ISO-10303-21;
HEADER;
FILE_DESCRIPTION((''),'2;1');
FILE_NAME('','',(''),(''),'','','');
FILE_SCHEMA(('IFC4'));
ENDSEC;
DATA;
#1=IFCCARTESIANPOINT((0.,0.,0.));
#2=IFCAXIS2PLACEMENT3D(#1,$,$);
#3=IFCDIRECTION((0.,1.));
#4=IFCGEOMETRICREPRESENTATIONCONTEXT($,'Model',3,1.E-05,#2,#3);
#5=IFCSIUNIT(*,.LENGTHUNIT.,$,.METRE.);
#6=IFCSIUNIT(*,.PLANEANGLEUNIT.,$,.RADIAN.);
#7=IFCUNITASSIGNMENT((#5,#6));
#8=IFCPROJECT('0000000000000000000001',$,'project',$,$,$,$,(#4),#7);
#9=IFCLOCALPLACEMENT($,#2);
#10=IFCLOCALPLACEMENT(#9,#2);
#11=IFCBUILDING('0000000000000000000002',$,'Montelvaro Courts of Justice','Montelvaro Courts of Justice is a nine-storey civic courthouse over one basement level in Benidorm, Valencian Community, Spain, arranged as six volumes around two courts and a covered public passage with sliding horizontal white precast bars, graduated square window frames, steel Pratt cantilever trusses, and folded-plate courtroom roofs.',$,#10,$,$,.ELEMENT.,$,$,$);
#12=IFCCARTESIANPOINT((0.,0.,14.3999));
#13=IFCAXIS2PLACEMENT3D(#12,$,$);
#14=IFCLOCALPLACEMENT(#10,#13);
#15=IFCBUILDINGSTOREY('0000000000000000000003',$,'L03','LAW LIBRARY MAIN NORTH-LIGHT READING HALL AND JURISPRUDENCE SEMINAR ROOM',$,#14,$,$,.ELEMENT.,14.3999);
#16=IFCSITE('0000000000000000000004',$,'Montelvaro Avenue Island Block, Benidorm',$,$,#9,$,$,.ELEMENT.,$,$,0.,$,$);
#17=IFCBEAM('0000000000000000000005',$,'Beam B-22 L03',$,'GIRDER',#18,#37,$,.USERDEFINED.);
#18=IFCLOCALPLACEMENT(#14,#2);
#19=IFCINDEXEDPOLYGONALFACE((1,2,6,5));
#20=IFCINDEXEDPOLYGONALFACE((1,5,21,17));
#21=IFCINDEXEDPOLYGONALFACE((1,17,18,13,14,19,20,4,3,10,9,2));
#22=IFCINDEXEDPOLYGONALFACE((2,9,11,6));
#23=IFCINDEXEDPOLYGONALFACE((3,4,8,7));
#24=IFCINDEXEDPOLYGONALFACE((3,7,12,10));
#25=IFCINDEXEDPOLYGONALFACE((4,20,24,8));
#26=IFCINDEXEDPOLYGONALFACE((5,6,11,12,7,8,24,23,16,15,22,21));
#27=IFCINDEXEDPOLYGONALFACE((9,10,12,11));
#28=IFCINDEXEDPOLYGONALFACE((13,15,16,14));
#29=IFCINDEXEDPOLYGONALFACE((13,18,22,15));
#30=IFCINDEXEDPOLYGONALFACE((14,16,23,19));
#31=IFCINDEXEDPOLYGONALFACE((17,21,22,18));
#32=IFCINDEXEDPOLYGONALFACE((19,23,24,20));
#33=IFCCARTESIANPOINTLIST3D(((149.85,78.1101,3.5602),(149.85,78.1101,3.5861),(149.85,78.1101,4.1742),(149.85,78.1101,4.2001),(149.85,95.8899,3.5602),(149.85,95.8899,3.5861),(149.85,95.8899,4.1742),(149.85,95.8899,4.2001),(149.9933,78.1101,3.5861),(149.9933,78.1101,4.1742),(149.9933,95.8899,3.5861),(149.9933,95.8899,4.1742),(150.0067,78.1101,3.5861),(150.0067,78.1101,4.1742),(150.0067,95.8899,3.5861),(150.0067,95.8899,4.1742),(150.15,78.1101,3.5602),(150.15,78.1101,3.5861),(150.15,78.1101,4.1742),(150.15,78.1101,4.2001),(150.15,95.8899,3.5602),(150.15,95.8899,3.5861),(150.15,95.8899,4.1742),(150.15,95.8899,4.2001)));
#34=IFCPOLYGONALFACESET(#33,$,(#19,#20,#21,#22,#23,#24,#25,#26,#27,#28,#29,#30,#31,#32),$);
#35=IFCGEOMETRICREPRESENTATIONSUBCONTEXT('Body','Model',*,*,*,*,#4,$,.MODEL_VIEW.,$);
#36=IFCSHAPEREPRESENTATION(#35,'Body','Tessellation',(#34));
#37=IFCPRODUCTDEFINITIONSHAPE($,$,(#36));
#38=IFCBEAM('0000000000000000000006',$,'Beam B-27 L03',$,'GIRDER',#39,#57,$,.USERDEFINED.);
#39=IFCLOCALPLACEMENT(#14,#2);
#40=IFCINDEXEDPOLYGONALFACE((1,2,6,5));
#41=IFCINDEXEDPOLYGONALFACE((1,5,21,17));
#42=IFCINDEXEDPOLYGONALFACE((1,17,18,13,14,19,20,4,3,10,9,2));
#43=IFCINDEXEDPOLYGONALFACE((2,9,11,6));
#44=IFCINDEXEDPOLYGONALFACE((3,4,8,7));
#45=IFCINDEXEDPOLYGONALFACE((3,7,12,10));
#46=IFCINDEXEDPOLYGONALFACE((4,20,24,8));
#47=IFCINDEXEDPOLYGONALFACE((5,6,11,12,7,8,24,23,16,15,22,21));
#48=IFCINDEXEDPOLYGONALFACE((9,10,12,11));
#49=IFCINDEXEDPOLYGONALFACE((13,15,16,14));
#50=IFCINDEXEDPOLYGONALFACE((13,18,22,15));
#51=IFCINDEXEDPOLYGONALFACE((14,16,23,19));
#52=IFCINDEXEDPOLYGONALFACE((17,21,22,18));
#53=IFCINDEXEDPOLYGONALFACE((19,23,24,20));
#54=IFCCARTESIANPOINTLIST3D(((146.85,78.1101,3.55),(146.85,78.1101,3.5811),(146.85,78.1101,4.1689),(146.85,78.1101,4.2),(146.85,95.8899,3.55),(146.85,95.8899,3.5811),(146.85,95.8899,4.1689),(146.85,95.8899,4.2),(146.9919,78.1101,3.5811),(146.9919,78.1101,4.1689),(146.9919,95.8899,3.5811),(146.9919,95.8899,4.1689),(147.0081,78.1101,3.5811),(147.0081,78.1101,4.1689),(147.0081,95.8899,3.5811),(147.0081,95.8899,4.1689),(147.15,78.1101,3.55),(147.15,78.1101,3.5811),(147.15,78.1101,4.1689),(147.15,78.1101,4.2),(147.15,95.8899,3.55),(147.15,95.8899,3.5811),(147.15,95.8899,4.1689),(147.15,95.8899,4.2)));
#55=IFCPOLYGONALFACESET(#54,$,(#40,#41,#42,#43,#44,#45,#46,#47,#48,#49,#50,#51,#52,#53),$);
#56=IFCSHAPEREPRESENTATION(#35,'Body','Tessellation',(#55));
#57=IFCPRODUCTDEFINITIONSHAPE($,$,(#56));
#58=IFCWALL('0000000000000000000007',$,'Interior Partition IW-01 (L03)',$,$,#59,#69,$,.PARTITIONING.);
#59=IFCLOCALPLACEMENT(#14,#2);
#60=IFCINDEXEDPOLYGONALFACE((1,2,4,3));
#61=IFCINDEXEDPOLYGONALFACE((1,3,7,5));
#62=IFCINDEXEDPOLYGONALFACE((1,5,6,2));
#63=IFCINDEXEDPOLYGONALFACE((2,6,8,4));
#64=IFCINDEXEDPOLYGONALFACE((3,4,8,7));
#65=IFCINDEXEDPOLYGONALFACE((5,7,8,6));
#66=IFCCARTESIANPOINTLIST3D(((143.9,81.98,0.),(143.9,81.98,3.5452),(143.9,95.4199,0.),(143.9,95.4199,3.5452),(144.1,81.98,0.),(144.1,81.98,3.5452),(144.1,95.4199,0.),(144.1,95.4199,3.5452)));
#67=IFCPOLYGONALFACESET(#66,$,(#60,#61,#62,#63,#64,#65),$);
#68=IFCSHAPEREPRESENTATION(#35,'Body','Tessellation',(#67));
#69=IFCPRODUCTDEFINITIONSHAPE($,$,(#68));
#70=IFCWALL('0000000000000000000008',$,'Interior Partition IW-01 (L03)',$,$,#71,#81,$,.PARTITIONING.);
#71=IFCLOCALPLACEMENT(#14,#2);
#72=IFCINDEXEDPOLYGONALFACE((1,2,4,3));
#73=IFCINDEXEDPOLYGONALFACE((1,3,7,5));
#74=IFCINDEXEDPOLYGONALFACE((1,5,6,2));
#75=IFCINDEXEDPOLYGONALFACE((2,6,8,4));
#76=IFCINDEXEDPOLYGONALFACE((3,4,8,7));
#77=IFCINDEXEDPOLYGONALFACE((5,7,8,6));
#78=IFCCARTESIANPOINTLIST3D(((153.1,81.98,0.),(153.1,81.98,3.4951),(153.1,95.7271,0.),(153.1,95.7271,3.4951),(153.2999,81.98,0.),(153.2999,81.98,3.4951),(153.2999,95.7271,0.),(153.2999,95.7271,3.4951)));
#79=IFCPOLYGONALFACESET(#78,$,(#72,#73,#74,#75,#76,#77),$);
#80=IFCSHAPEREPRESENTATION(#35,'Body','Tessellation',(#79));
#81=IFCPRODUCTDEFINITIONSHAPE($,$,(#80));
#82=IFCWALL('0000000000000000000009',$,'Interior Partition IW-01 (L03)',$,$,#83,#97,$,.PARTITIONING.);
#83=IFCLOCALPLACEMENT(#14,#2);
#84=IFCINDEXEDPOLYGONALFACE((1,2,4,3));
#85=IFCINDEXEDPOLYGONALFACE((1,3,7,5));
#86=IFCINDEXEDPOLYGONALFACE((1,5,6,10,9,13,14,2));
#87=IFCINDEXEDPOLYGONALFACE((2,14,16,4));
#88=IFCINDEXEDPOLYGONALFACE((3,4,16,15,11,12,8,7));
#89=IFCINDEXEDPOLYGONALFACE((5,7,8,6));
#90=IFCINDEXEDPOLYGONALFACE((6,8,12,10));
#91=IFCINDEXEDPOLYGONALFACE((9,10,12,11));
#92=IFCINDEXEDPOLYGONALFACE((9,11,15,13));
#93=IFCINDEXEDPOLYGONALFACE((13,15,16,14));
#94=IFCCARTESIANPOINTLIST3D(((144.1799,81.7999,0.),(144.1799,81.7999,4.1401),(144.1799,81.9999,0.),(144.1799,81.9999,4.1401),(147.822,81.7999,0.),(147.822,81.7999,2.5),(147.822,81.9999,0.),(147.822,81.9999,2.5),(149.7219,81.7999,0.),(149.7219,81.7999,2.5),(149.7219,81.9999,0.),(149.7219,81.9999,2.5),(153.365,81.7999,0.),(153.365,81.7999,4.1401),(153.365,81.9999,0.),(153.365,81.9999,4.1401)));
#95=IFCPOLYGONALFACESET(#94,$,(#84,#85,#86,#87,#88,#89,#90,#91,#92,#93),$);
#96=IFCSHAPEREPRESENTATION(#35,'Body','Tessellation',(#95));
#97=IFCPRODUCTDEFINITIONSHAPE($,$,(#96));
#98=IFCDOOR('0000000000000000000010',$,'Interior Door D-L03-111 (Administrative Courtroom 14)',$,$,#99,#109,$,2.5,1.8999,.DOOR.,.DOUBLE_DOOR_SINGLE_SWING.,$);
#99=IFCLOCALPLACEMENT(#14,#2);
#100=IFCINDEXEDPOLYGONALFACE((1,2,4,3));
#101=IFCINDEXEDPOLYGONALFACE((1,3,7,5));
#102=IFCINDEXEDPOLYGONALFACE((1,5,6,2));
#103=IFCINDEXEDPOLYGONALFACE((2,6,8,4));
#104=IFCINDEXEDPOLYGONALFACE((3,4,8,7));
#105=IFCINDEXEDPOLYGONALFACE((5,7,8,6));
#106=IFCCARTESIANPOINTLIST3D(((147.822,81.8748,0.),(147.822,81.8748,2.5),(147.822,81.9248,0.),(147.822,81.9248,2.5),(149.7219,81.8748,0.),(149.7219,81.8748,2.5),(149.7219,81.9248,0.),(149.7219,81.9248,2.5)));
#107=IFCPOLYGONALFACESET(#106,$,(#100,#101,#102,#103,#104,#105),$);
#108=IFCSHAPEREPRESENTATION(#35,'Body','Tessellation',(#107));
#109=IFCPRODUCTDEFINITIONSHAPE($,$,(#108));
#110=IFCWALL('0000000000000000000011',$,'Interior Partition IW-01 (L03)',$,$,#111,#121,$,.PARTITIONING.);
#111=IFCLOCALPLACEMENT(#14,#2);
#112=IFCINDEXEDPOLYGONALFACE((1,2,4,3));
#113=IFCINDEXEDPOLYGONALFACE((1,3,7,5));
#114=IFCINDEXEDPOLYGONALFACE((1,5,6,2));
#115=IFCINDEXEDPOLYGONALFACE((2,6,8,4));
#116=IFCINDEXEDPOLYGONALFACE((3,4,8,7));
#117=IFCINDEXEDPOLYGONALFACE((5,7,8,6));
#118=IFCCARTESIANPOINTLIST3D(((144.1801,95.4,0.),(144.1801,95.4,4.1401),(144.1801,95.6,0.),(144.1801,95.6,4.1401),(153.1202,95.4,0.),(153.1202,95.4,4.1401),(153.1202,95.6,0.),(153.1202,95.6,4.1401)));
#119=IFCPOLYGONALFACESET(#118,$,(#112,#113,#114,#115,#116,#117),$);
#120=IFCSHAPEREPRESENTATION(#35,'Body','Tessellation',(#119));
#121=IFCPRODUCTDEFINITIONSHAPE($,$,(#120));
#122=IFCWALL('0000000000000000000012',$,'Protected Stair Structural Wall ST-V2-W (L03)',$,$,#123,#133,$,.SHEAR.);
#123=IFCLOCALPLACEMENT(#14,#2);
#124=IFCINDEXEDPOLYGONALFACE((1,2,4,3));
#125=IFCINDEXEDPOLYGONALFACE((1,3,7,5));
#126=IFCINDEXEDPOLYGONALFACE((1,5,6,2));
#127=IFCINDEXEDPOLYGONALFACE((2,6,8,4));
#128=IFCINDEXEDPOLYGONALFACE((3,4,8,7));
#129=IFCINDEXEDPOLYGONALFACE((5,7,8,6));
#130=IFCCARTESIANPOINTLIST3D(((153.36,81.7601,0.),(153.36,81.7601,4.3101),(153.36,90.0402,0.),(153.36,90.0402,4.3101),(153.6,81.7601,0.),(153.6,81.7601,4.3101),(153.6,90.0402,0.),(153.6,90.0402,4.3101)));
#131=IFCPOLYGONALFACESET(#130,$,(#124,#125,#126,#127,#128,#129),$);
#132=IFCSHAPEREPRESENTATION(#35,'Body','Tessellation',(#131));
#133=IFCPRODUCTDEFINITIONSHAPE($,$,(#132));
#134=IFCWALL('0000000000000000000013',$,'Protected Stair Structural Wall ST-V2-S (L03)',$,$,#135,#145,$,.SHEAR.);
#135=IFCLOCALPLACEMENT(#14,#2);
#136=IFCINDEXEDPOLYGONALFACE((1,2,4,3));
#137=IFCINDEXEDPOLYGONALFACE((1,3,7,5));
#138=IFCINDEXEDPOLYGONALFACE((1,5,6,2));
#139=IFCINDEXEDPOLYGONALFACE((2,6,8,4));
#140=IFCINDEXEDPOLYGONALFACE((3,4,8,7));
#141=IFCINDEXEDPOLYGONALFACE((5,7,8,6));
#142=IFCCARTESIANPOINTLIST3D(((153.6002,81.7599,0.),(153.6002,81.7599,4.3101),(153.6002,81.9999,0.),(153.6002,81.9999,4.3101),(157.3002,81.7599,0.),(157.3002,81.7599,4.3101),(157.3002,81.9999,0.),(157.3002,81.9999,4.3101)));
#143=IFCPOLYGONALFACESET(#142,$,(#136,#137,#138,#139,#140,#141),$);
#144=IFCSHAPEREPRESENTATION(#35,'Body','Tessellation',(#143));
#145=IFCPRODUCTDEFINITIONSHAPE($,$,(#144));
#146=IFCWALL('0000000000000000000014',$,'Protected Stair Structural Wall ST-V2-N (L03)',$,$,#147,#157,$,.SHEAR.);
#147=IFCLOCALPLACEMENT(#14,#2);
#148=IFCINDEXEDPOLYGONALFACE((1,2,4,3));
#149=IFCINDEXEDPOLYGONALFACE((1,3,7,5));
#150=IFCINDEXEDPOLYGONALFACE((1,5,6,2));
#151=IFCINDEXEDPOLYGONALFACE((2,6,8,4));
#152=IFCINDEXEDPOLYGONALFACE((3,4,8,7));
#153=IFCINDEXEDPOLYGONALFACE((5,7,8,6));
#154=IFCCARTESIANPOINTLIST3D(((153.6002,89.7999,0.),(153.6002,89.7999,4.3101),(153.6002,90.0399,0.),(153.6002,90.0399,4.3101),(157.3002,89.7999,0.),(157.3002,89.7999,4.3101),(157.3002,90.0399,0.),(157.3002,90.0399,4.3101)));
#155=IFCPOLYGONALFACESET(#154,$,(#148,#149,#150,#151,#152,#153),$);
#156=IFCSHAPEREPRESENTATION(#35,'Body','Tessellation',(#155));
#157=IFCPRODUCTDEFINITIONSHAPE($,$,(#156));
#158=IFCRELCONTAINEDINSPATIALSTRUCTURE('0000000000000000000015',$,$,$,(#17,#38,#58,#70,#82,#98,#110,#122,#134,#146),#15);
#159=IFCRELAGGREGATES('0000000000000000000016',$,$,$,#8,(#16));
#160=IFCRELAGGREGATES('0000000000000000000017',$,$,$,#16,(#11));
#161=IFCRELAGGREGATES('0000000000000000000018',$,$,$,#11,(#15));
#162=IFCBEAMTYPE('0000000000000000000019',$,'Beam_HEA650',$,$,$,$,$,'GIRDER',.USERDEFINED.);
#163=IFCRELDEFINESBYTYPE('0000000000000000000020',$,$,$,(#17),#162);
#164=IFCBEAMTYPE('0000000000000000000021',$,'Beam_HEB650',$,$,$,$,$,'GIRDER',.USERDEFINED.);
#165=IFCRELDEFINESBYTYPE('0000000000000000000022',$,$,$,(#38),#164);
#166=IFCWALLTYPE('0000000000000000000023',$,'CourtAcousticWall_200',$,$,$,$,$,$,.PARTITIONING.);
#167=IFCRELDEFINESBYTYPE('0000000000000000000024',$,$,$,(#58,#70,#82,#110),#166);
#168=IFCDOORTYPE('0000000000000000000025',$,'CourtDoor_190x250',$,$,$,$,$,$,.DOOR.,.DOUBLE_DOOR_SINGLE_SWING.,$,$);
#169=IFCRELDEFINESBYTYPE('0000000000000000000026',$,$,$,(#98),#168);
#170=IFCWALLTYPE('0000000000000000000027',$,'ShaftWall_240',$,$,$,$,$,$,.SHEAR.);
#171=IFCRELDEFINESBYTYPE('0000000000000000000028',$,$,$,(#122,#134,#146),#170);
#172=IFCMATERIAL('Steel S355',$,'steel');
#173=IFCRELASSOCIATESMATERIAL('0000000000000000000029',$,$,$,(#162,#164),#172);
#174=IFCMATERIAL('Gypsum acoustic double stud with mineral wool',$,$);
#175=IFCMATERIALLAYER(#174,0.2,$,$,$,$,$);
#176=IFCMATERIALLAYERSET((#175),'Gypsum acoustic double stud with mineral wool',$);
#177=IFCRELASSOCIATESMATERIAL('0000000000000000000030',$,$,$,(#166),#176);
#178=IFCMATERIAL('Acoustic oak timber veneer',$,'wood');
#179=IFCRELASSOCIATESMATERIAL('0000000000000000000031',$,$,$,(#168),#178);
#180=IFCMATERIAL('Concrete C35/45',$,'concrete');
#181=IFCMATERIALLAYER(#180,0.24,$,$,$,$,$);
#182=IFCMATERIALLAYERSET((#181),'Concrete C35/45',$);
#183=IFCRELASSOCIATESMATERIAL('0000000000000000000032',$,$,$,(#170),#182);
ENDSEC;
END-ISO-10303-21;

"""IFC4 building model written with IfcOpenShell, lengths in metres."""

from ifc_helpers import new_model, si_unit, direction, frame, frame_2d, origin, origin_2d, place, context, subcontext, project, spatial, rectangle, i_section, extrude, material, layer, layer_set, material_profile, profile_set, type_object, element, fill, save


model = new_model("IFC4")

# Units and contexts
model_context = context("Model", 3, precision=1e-05, world=origin(), true_north=direction((0.0, 1.0)))
body_context = subcontext(model_context, "Body", "Model", "MODEL_VIEW")
ifc_project = project(units=[si_unit("LENGTHUNIT", "METRE"), si_unit("PLANEANGLEUNIT", "RADIAN")], contexts=[model_context])

# Site, building, storey
site_placement = place(None, origin())
site = spatial("IfcSite", under=ifc_project, at=site_placement, Name="Montelvaro Avenue Island Block, Benidorm", CompositionType="ELEMENT", RefElevation=0.0)
building_placement = place(site_placement, origin())
building = spatial("IfcBuilding", under=site, at=building_placement, Name="Montelvaro Courts of Justice", Description="Montelvaro Courts of Justice is a nine-storey civic courthouse over one basement level in Benidorm, Valencian Community, Spain, arranged as six volumes around two courts and a covered public passage with sliding horizontal white precast bars, graduated square window frames, steel Pratt cantilever trusses, and folded-plate courtroom roofs.", CompositionType="ELEMENT")
storey_placement = place(building_placement, frame((0.0, 0.0, 14.3999)))
storey = spatial("IfcBuildingStorey", under=building, at=storey_placement, Name="L03", Description="LAW LIBRARY MAIN NORTH-LIGHT READING HALL AND JURISPRUDENCE SEMINAR ROOM", CompositionType="ELEMENT", Elevation=14.3999)

# Beams
ifc_material_1 = material(Name="Steel S355", Category="steel")
ifc_material_profile_1 = material_profile(ifc_material_1, i_section(OverallWidth=0.3, OverallDepth=0.6399, WebThickness=0.0134, FlangeThickness=0.0259, at=origin_2d()), Name="HEA 650")
ifc_profile_set_1 = profile_set([ifc_material_profile_1], Name="Steel S355")
beam_type_1 = type_object("IfcBeamType", Name="Beam_HEA650", ElementType="GIRDER", PredefinedType="USERDEFINED", material=ifc_profile_set_1)
beam_1_placement = place(storey_placement, frame((150.0, 78.1101, 3.8801), z_axis=(0.0, 1.0, 0.0), x_axis=(-1.0, 0.0, 0.0)))
element("IfcBeam", 1, at=beam_1_placement, inside=storey, type_object=beam_type_1, Name="Beam B-22 L03", ObjectType="GIRDER", PredefinedType="USERDEFINED", context=body_context, shape_type="SweptSolid", body=[
    extrude(i_section(OverallWidth=0.3, OverallDepth=0.6399, WebThickness=0.0134, FlangeThickness=0.0259, at=origin_2d()), origin(), (0.0, 0.0, 1.0), 17.7798),
])
ifc_material_profile_2 = material_profile(ifc_material_1, i_section(OverallWidth=0.3, OverallDepth=0.6499, WebThickness=0.0161, FlangeThickness=0.031, at=origin_2d()), Name="HEB 650")
ifc_profile_set_2 = profile_set([ifc_material_profile_2], Name="Steel S355")
beam_type_2 = type_object("IfcBeamType", Name="Beam_HEB650", ElementType="GIRDER", PredefinedType="USERDEFINED", material=ifc_profile_set_2)
beam_2_placement = place(storey_placement, frame((147.0, 78.1101, 3.875), z_axis=(0.0, 1.0, 0.0), x_axis=(-1.0, 0.0, 0.0)))
element("IfcBeam", 2, at=beam_2_placement, inside=storey, type_object=beam_type_2, Name="Beam B-27 L03", ObjectType="GIRDER", PredefinedType="USERDEFINED", context=body_context, shape_type="SweptSolid", body=[
    extrude(i_section(OverallWidth=0.3, OverallDepth=0.6499, WebThickness=0.0161, FlangeThickness=0.031, at=origin_2d()), origin(), (0.0, 0.0, 1.0), 17.7798),
])

# Walls
ifc_material_2 = material(Name="Gypsum acoustic double stud with mineral wool")
ifc_layer_1 = layer(ifc_material_2, 0.2)
ifc_layer_set_1 = layer_set([ifc_layer_1], Name="Gypsum acoustic double stud with mineral wool")
wall_type_1 = type_object("IfcWallType", Name="CourtAcousticWall_200", PredefinedType="PARTITIONING", material=ifc_layer_set_1)
wall_1_placement = place(storey_placement, frame((144.0, 95.4199, 0.0), z_axis=(0.0, 0.0, 1.0), x_axis=(0.0, -1.0, 0.0)))
element("IfcWall", 3, at=wall_1_placement, inside=storey, type_object=wall_type_1, Name="Interior Partition IW-01 (L03)", PredefinedType="PARTITIONING", context=body_context, shape_type="SweptSolid", body=[
    extrude(rectangle(XDim=13.4399, YDim=0.2, at=frame_2d((6.72, 0.0))), origin(), (0.0, 0.0, 1.0), 3.5452),
])
wall_2_placement = place(storey_placement, frame((153.2, 95.7271, 0.0), z_axis=(0.0, 0.0, 1.0), x_axis=(0.0, -1.0, 0.0)))
element("IfcWall", 4, at=wall_2_placement, inside=storey, type_object=wall_type_1, Name="Interior Partition IW-01 (L03)", PredefinedType="PARTITIONING", context=body_context, shape_type="SweptSolid", body=[
    extrude(rectangle(XDim=13.7471, YDim=0.2, at=frame_2d((6.8735, 0.0))), origin(), (0.0, 0.0, 1.0), 3.4951),
])

# Wall, opening, door
wall_3_placement = place(storey_placement, frame((153.365, 81.8999, 0.0), z_axis=(0.0, 0.0, 1.0), x_axis=(-1.0, 0.0, 0.0)))
wall_3 = element("IfcWall", 5, at=wall_3_placement, inside=storey, type_object=wall_type_1, Name="Interior Partition IW-01 (L03)", PredefinedType="PARTITIONING", context=body_context, shape_type="SweptSolid", body=[
    extrude(rectangle(XDim=9.1851, YDim=0.2, at=frame_2d((4.5925, 0.0))), origin(), (0.0, 0.0, 1.0), 4.1401),
])
opening_placement = place(wall_3_placement, frame((3.6431, 0.0, 0.0)))
opening = element("IfcOpeningElement", 6, at=opening_placement, cuts=wall_3, PredefinedType="OPENING", context=body_context, shape_type="SweptSolid", body=[
    extrude(rectangle(XDim=1.8999, YDim=2.5, at=frame_2d((0.95, 1.25))), frame((0.0, 0.1147, 0.0), z_axis=(0.0, -1.0, 0.0), x_axis=(1.0, 0.0, 0.0)), (0.0, 0.0, 1.0), 0.2297),
])
ifc_material_3 = material(Name="Acoustic oak timber veneer", Category="wood")
door_type = type_object("IfcDoorType", Name="CourtDoor_190x250", OperationType="DOUBLE_DOOR_SINGLE_SWING", PredefinedType="DOOR", material=ifc_material_3)
door_placement = place(opening_placement, frame((1.8999, 0.0, 0.0), z_axis=(0.0, 0.0, 1.0), x_axis=(-1.0, 0.0, 0.0)))
door = element("IfcDoor", 7, at=door_placement, inside=storey, type_object=door_type, Name="Interior Door D-L03-111 (Administrative Courtroom 14)", OperationType="DOUBLE_DOOR_SINGLE_SWING", OverallHeight=2.5, OverallWidth=1.8999, PredefinedType="DOOR", context=body_context, shape_type="SweptSolid", body=[
    extrude(rectangle(XDim=1.8999, YDim=2.5, at=frame_2d((0.95, 1.25))), frame((0.0, 0.0249, 0.0), z_axis=(0.0, -1.0, 0.0), x_axis=(1.0, 0.0, 0.0)), (0.0, 0.0, 1.0), 0.05),
])
fill(opening, door)

# Walls
wall_4_placement = place(storey_placement, frame((144.1799, 95.5, 0.0), z_axis=(0.0, 0.0, 1.0), x_axis=(1.0, 0.0, 0.0)))
element("IfcWall", 8, at=wall_4_placement, inside=storey, type_object=wall_type_1, Name="Interior Partition IW-01 (L03)", PredefinedType="PARTITIONING", context=body_context, shape_type="SweptSolid", body=[
    extrude(rectangle(XDim=8.9402, YDim=0.2, at=frame_2d((4.4702, 0.0))), origin(), (0.0, 0.0, 1.0), 4.1401),
])
ifc_material_4 = material(Name="Concrete C35/45", Category="concrete")
ifc_layer_2 = layer(ifc_material_4, 0.24)
ifc_layer_set_2 = layer_set([ifc_layer_2], Name="Concrete C35/45")
wall_type_2 = type_object("IfcWallType", Name="ShaftWall_240", PredefinedType="SHEAR", material=ifc_layer_set_2)
wall_5_placement = place(storey_placement, frame((153.48, 81.76, 0.0), z_axis=(0.0, 0.0, 1.0), x_axis=(0.0, 1.0, 0.0)))
element("IfcWall", 9, at=wall_5_placement, inside=storey, type_object=wall_type_2, Name="Protected Stair Structural Wall ST-V2-W (L03)", PredefinedType="SHEAR", context=body_context, shape_type="SweptSolid", body=[
    extrude(rectangle(XDim=8.28, YDim=0.24, at=frame_2d((4.1401, 0.0))), origin(), (0.0, 0.0, 1.0), 4.3101),
])
for number, where, z_axis, x_axis, name in (
    (10, (153.6001, 81.8799, 0.0), (0.0, 0.0, 1.0), (1.0, 0.0, 0.0), "Protected Stair Structural Wall ST-V2-S (L03)"),
    (11, (153.6001, 89.9199, 0.0), (0.0, 0.0, 1.0), (1.0, 0.0, 0.0), "Protected Stair Structural Wall ST-V2-N (L03)"),
):
    element("IfcWall", number, at=place(storey_placement, frame(where, z_axis=z_axis, x_axis=x_axis)), inside=storey, type_object=wall_type_2, Name=name, PredefinedType="SHEAR", context=body_context, shape_type="SweptSolid", body=[
        extrude(rectangle(XDim=3.7, YDim=0.24, at=frame_2d((1.8501, 0.0))), origin(), (0.0, 0.0, 1.0), 4.3101),
    ])

save(model, "model.ifc")
